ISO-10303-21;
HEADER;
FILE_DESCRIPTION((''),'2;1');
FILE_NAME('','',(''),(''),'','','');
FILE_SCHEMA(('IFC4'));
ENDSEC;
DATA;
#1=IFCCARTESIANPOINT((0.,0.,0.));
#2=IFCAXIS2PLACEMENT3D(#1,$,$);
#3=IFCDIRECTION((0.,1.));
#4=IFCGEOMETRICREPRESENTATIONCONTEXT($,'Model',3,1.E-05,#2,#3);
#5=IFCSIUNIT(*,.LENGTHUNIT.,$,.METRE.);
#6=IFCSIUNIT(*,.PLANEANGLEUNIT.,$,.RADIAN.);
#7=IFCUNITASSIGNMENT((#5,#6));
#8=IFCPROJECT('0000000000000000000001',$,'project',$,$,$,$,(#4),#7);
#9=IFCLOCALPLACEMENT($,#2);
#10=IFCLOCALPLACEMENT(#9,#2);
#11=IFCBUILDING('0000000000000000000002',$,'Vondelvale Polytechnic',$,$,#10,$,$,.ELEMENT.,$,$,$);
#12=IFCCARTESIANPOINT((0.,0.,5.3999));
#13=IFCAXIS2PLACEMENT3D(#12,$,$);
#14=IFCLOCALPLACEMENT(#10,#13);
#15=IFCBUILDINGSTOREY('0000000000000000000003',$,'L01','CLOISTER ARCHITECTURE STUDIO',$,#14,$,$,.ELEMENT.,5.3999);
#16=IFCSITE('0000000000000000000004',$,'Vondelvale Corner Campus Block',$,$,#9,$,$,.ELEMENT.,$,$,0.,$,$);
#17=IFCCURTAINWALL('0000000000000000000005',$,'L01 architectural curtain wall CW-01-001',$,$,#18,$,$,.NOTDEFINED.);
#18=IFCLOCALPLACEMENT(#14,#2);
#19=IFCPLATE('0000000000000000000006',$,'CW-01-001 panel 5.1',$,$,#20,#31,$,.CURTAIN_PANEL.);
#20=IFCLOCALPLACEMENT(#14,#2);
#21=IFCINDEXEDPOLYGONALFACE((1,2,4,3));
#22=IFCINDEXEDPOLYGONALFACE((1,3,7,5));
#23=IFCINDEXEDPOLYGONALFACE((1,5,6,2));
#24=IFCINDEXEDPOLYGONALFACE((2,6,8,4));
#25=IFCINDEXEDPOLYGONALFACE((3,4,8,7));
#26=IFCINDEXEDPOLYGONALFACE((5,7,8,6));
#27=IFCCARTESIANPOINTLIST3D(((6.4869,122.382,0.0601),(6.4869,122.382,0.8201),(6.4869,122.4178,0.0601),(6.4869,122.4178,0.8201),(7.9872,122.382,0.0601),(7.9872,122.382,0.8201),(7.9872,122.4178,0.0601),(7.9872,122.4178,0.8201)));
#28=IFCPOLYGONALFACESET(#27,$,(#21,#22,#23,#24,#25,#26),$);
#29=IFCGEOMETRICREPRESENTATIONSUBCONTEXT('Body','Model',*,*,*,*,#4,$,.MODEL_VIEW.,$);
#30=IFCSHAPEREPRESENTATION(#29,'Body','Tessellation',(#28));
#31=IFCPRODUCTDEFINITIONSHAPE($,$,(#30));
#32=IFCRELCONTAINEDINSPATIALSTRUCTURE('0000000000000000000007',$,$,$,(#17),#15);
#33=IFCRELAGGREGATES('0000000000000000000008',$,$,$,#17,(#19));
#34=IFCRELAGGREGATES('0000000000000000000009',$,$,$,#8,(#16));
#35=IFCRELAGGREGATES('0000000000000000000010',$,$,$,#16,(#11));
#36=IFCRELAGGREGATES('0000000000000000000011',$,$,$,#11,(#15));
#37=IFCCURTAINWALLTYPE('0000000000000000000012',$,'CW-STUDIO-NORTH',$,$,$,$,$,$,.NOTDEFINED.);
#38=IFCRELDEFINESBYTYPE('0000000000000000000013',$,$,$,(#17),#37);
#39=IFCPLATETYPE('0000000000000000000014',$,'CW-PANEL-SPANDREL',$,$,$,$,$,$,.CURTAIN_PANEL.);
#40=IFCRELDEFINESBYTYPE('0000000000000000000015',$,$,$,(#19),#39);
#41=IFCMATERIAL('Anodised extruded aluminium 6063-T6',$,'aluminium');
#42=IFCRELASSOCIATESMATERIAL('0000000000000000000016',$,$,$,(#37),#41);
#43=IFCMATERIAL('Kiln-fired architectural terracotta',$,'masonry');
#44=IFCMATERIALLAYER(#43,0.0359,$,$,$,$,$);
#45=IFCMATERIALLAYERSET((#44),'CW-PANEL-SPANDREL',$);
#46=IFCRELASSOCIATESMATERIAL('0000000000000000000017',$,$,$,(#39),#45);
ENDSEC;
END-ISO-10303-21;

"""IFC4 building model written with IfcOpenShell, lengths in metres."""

from ifc_helpers import new_model, si_unit, direction, frame, origin, origin_2d, place, context, subcontext, project, spatial, rectangle, extrude, material, layer, layer_set, type_object, element, aggregate, save


model = new_model("IFC4")

# Units and contexts
model_context = context("Model", 3, precision=1e-05, world=origin(), true_north=direction((0.0, 1.0)))
body_context = subcontext(model_context, "Body", "Model", "MODEL_VIEW")
ifc_project = project(units=[si_unit("LENGTHUNIT", "METRE"), si_unit("PLANEANGLEUNIT", "RADIAN")], contexts=[model_context])

# Site, building, storey
site_placement = place(None, origin())
site = spatial("IfcSite", under=ifc_project, at=site_placement, Name="Vondelvale Corner Campus Block", CompositionType="ELEMENT", RefElevation=0.0)
building_placement = place(site_placement, origin())
building = spatial("IfcBuilding", under=site, at=building_placement, Name="Vondelvale Polytechnic", CompositionType="ELEMENT")
storey_placement = place(building_placement, frame((0.0, 0.0, 5.3999)))
storey = spatial("IfcBuildingStorey", under=building, at=storey_placement, Name="L01", Description="CLOISTER ARCHITECTURE STUDIO", CompositionType="ELEMENT", Elevation=5.3999)

# Curtain wall, plate
ifc_material_1 = material(Name="Anodised extruded aluminium 6063-T6", Category="aluminium")
curtain_wall_type = type_object("IfcCurtainWallType", Name="CW-STUDIO-NORTH", PredefinedType="NOTDEFINED", material=ifc_material_1)
curtain_wall_placement = place(storey_placement, origin())
curtain_wall = element("IfcCurtainWall", 1, at=curtain_wall_placement, inside=storey, type_object=curtain_wall_type, Name="L01 architectural curtain wall CW-01-001", PredefinedType="NOTDEFINED")
ifc_material_2 = material(Name="Kiln-fired architectural terracotta", Category="masonry")
ifc_layer_1 = layer(ifc_material_2, 0.0359)
ifc_layer_set_1 = layer_set([ifc_layer_1], Name="CW-PANEL-SPANDREL")
plate_type_1 = type_object("IfcPlateType", Name="CW-PANEL-SPANDREL", PredefinedType="CURTAIN_PANEL", material=ifc_layer_set_1)
plate_1_placement = place(storey_placement, frame((7.2371, 122.3999, 0.0601), z_axis=(0.0, 0.0, 1.0), x_axis=(1.0, 0.0, 0.0)))
plate_1 = element("IfcPlate", 2, at=plate_1_placement, type_object=plate_type_1, Name="CW-01-001 panel 5.1", PredefinedType="CURTAIN_PANEL", context=body_context, shape_type="SweptSolid", body=[
    extrude(rectangle(XDim=1.5002, YDim=0.0359, at=origin_2d()), origin(), (0.0, 0.0, 1.0), 0.76),
])
aggregate(curtain_wall, [plate_1])

save(model, "model.ifc")
